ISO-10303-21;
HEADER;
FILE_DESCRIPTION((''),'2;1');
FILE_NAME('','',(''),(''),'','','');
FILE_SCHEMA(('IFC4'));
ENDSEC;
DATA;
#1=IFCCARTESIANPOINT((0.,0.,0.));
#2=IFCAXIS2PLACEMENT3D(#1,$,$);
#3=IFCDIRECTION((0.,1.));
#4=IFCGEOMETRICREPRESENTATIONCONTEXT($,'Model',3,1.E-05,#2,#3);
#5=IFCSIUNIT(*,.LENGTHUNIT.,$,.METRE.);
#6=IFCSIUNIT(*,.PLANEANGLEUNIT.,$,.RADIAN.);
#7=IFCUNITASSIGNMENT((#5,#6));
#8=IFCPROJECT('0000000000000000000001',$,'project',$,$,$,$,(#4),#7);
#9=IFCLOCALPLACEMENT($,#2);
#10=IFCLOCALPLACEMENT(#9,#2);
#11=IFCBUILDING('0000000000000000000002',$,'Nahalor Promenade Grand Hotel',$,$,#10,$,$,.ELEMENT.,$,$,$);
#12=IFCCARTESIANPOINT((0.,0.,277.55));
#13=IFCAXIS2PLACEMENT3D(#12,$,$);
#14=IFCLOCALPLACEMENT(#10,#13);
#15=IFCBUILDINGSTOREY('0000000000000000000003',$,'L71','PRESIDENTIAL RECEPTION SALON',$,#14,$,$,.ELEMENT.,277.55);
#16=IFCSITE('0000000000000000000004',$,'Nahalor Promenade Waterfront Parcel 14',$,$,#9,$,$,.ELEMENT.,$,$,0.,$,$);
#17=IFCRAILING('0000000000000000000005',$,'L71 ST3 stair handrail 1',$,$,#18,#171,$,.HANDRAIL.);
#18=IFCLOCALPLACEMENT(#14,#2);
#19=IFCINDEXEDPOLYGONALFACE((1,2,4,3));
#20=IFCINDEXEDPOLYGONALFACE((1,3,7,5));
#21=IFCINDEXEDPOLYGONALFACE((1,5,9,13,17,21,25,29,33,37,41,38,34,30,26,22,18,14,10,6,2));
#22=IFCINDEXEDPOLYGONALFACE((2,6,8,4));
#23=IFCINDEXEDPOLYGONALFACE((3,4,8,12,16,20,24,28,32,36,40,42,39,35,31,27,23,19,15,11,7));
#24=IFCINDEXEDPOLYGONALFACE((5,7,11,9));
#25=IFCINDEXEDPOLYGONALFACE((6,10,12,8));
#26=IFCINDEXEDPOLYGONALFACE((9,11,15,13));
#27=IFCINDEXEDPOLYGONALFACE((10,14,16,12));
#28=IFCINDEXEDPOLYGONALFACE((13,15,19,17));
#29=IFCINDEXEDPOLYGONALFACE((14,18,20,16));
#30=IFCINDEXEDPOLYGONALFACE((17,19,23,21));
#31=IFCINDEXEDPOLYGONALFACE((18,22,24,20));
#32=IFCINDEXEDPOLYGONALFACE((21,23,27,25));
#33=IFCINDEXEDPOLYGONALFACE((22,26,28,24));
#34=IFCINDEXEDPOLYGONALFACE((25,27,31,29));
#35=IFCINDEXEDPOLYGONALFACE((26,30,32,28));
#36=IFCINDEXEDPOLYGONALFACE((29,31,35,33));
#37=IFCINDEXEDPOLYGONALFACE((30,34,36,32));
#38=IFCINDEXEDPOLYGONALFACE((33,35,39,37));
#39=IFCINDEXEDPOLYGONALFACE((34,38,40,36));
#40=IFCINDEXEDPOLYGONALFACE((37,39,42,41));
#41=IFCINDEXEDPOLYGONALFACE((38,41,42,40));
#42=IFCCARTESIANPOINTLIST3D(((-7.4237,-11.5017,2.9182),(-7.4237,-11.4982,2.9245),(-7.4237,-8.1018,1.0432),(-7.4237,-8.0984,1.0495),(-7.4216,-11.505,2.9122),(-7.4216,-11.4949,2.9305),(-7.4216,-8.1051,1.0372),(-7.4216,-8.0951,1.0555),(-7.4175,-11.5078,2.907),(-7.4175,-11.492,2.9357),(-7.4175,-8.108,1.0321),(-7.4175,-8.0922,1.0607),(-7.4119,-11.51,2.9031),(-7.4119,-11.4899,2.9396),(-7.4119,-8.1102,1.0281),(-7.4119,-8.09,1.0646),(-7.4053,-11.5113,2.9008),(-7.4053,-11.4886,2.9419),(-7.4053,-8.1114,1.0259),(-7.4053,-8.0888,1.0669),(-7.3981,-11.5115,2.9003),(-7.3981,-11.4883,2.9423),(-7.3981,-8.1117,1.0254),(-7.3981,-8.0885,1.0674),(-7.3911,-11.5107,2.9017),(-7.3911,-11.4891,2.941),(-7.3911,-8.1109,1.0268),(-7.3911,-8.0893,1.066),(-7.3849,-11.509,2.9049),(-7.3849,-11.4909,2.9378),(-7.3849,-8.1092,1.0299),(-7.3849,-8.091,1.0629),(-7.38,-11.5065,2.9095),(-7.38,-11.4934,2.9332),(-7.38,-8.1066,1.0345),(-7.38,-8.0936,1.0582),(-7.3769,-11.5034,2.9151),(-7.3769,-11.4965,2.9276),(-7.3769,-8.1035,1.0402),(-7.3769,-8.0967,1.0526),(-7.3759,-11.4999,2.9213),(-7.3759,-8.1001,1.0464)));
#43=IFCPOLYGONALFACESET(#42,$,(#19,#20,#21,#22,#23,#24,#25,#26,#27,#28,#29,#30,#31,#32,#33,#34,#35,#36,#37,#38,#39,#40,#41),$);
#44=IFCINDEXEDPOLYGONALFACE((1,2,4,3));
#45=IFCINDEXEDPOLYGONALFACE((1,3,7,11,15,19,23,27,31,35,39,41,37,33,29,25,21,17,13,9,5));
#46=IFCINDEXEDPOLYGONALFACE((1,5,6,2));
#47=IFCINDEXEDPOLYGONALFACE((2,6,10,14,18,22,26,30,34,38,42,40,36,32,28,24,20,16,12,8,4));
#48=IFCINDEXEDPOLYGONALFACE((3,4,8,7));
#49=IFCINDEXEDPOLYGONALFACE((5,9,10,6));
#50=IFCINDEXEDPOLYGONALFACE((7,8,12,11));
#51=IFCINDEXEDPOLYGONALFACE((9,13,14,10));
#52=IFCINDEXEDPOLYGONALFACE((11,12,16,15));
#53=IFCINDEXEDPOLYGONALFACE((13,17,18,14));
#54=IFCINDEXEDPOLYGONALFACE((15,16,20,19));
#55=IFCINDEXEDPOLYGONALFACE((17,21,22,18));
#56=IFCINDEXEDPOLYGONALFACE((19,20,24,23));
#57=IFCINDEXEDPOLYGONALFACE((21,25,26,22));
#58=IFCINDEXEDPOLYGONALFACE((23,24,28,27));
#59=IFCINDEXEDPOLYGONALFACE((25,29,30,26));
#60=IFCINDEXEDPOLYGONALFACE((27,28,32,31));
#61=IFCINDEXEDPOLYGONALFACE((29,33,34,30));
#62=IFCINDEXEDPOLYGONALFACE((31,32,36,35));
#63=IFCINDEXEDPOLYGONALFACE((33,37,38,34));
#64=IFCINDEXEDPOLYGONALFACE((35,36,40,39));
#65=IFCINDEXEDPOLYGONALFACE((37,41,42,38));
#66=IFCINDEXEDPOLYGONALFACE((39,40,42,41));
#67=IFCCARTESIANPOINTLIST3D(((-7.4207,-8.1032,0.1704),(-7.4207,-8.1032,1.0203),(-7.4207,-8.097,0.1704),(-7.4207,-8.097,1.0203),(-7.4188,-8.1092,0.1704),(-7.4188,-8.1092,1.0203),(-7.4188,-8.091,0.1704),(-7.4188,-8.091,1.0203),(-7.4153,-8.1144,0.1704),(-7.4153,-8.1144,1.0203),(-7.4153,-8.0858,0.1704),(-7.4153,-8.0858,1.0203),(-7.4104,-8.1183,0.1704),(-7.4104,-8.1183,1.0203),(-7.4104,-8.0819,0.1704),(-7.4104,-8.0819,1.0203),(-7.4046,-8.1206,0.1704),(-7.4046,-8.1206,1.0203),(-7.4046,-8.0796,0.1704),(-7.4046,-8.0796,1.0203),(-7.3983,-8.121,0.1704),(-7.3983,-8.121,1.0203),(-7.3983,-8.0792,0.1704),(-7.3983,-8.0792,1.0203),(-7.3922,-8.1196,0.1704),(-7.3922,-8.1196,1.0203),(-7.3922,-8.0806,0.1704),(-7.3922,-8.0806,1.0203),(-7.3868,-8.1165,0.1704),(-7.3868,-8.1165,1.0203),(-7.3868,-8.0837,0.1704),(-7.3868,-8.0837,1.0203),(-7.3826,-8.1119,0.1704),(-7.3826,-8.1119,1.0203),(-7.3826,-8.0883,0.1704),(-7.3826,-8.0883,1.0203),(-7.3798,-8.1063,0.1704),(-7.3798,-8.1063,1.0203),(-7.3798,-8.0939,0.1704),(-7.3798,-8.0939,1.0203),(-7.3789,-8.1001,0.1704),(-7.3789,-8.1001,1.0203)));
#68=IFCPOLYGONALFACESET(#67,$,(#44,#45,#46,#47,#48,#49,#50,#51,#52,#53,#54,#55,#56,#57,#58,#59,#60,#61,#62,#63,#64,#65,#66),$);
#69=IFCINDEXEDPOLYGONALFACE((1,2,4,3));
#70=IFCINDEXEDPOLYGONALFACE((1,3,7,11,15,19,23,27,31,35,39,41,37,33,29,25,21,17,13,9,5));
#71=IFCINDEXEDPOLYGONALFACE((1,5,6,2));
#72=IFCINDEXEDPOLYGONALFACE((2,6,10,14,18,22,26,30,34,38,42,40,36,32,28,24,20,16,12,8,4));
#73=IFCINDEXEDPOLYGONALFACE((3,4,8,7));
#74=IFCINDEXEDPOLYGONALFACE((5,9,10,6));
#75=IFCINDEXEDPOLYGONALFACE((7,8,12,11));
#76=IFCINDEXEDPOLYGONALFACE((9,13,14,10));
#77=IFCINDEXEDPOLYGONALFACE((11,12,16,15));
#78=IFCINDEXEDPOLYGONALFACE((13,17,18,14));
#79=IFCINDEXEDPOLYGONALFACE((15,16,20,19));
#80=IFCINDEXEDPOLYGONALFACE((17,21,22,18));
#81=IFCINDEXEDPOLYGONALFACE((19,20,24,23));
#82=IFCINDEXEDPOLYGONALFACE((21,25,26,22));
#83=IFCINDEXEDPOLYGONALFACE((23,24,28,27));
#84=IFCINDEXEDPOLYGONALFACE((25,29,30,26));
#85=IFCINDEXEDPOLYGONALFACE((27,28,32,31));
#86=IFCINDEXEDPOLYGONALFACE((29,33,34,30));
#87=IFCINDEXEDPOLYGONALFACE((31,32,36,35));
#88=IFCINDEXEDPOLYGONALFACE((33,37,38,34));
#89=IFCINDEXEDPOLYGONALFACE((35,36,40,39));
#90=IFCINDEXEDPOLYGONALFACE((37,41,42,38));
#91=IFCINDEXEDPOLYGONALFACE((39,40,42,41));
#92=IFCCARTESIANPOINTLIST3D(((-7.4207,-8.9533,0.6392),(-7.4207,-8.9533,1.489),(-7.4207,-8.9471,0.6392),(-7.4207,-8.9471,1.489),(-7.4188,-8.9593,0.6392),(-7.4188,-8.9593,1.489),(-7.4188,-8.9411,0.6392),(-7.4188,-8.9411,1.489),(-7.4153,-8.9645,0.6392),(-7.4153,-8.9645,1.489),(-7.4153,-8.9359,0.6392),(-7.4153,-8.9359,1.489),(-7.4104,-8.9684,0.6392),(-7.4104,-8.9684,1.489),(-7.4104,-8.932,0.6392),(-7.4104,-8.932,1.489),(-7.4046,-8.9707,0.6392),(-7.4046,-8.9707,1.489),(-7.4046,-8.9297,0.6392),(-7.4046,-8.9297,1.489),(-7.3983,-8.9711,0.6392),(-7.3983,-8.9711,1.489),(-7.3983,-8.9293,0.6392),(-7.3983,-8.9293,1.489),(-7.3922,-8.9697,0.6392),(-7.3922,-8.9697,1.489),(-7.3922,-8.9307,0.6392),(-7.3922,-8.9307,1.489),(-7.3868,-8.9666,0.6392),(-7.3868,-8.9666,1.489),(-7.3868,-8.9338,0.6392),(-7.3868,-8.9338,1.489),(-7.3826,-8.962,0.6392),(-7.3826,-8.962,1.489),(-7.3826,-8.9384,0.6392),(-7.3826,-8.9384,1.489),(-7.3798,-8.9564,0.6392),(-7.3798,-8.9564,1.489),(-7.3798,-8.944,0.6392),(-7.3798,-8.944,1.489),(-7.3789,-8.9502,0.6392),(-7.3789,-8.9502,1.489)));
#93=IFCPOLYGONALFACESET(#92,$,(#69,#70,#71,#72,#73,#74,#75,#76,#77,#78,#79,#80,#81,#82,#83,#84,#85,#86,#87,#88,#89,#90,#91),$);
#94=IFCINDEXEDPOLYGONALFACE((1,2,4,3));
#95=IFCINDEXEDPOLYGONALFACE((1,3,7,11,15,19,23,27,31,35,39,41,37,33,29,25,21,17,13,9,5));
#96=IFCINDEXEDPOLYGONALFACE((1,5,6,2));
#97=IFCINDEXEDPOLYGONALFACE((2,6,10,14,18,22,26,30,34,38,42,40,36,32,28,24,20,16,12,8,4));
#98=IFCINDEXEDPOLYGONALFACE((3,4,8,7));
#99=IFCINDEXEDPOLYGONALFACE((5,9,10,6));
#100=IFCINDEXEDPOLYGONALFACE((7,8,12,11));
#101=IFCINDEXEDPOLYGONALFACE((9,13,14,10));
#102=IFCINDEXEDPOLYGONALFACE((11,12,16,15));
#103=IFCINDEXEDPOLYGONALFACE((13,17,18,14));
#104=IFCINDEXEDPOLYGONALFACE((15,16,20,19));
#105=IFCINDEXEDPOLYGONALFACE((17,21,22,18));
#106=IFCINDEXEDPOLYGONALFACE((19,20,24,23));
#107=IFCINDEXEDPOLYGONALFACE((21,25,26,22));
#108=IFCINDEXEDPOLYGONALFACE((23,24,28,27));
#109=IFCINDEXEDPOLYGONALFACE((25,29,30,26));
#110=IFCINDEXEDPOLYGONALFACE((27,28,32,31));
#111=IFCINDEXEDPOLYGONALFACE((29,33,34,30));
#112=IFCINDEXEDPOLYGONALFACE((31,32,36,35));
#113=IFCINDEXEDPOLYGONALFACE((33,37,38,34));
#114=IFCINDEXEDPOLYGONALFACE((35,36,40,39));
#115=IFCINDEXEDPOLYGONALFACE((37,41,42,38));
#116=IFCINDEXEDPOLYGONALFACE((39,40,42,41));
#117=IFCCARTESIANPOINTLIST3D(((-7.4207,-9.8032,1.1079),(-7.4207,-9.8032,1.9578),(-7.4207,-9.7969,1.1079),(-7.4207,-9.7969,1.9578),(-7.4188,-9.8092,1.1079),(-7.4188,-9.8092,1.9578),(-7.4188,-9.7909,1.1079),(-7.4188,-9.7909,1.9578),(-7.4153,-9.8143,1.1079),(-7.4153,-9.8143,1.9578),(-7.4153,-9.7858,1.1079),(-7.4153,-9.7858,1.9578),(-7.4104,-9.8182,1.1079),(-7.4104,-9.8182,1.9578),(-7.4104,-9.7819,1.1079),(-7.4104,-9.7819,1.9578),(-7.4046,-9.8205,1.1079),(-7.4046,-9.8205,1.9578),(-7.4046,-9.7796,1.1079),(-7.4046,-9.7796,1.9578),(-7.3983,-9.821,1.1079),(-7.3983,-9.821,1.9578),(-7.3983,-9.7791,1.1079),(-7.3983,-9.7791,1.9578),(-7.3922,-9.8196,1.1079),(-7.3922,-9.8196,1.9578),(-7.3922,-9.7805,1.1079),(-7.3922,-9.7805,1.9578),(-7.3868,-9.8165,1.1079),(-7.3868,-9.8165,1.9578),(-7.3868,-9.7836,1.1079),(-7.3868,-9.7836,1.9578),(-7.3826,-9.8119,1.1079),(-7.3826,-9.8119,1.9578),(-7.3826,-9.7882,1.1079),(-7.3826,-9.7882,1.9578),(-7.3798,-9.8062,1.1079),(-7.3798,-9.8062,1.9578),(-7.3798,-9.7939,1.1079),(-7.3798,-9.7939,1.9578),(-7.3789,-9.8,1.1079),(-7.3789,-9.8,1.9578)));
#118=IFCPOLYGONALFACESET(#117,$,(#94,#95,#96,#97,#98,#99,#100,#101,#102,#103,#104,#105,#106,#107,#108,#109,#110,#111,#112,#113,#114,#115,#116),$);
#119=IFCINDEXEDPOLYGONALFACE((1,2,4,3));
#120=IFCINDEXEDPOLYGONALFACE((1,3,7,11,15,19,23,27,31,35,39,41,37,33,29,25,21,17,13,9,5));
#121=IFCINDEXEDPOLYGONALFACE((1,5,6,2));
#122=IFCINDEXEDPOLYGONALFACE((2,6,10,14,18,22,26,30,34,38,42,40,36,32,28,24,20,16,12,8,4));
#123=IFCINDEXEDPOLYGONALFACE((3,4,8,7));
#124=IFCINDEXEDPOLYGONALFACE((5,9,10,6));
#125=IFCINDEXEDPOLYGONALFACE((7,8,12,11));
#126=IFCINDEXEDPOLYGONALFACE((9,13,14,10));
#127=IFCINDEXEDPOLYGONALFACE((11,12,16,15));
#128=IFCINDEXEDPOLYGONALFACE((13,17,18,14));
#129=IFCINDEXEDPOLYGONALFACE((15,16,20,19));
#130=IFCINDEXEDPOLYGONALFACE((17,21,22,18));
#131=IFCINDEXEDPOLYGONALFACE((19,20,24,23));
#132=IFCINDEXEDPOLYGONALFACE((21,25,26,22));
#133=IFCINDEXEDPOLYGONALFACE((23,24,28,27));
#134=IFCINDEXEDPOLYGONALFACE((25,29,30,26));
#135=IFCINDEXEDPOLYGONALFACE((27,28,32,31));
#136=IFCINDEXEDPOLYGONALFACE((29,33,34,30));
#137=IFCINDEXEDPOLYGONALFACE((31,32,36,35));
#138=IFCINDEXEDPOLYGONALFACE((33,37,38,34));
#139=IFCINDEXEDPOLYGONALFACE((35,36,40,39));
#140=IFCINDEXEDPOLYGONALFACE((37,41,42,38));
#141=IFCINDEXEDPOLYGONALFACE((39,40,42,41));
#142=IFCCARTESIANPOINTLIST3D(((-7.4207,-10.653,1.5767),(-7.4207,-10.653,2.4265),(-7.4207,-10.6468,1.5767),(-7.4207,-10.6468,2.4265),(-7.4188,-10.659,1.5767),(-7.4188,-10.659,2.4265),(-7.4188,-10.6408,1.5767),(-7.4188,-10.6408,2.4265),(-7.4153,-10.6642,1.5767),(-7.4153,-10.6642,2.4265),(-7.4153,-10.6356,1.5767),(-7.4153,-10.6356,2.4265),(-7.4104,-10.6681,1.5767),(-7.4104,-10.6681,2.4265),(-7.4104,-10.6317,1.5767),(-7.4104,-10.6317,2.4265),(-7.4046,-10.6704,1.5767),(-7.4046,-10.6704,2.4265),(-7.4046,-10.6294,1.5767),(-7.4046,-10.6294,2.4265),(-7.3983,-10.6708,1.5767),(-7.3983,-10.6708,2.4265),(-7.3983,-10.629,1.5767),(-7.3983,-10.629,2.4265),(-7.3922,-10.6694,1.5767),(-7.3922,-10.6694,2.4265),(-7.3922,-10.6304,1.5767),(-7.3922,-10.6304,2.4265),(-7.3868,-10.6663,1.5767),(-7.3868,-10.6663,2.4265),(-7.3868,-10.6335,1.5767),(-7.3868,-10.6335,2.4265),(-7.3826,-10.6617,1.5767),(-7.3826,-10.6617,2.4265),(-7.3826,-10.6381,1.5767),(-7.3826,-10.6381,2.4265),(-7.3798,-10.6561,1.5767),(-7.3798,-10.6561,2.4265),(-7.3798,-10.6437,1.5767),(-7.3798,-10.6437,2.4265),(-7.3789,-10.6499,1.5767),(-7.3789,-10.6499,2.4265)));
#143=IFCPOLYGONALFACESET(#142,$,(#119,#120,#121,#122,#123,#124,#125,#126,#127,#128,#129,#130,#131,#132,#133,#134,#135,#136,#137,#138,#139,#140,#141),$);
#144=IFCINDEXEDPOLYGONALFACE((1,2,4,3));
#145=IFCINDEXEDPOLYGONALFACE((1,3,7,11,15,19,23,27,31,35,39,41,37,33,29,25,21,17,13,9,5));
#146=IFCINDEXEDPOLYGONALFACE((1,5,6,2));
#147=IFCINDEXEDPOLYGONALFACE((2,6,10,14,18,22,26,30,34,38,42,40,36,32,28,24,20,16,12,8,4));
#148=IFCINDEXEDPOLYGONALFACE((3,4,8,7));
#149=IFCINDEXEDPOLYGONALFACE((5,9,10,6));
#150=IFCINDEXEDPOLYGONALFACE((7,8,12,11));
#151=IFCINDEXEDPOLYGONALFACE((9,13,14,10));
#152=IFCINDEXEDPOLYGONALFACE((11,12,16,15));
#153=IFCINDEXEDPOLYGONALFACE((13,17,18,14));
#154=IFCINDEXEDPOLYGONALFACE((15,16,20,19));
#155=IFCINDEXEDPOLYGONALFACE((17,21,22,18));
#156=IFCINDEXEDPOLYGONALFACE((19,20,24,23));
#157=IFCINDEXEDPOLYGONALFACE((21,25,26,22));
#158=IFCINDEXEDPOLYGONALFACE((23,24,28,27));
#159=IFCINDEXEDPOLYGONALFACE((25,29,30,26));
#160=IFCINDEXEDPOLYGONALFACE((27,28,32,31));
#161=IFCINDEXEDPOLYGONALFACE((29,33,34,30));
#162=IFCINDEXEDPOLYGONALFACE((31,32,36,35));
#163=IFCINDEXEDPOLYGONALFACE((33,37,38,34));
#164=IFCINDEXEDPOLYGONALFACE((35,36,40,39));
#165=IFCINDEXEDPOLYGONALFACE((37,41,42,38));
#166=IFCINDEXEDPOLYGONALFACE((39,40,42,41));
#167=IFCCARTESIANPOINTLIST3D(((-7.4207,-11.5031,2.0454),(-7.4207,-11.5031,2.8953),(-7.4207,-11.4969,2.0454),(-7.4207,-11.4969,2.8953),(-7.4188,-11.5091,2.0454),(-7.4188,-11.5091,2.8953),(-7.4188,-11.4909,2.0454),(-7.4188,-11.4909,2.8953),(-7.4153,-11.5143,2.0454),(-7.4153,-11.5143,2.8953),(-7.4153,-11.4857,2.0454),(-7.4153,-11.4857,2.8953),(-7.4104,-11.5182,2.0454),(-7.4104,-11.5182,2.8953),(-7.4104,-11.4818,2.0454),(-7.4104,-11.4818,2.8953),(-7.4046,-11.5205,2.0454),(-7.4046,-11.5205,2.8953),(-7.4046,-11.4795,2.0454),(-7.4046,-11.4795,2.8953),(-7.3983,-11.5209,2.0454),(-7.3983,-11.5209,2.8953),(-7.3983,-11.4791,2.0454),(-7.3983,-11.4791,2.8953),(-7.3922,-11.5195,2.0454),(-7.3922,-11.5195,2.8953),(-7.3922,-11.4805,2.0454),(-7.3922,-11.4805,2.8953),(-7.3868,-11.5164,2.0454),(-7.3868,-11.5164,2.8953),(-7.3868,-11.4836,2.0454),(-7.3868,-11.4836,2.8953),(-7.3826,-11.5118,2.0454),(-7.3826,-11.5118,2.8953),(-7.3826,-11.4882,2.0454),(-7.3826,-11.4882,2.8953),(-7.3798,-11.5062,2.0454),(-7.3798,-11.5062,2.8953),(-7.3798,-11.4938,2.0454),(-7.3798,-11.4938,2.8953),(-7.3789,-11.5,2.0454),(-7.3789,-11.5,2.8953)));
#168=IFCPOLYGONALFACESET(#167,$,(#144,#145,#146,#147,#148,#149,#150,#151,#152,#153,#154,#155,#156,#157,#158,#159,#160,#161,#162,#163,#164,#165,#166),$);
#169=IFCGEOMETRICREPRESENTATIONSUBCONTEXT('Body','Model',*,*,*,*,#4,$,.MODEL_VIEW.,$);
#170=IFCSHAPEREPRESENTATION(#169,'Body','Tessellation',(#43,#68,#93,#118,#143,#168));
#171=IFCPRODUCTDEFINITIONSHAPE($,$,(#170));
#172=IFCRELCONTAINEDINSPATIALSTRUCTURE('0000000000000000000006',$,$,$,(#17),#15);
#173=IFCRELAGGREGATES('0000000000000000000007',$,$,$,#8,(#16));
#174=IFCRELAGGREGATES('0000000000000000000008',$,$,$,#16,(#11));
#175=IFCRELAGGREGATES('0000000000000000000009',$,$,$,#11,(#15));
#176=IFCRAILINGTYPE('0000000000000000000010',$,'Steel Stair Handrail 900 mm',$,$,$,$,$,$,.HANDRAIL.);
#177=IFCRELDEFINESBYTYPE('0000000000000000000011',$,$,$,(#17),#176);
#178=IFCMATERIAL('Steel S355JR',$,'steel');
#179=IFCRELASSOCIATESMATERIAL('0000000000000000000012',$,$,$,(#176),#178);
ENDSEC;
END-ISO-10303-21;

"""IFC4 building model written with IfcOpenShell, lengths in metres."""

from ifc_helpers import new_model, si_unit, direction, frame, origin, origin_2d, place, context, subcontext, project, spatial, circle, extrude, material, type_object, element, save


model = new_model("IFC4")

# Units and contexts
model_context = context("Model", 3, precision=1e-05, world=origin(), true_north=direction((0.0, 1.0)))
body_context = subcontext(model_context, "Body", "Model", "MODEL_VIEW")
ifc_project = project(units=[si_unit("LENGTHUNIT", "METRE"), si_unit("PLANEANGLEUNIT", "RADIAN")], contexts=[model_context])

# Site, building, storey
site_placement = place(None, origin())
site = spatial("IfcSite", under=ifc_project, at=site_placement, Name="Nahalor Promenade Waterfront Parcel 14", CompositionType="ELEMENT", RefElevation=0.0)
building_placement = place(site_placement, origin())
building = spatial("IfcBuilding", under=site, at=building_placement, Name="Nahalor Promenade Grand Hotel", CompositionType="ELEMENT")
storey_placement = place(building_placement, frame((0.0, 0.0, 277.55)))
storey = spatial("IfcBuildingStorey", under=building, at=storey_placement, Name="L71", Description="PRESIDENTIAL RECEPTION SALON", CompositionType="ELEMENT", Elevation=277.55)

# Shared definitions
ifc_material_1 = material(Name="Steel S355JR", Category="steel")

# Railing
railing_type_1 = type_object("IfcRailingType", Name="Steel Stair Handrail 900 mm", PredefinedType="HANDRAIL", material=ifc_material_1)
railing_1_placement = place(storey_placement, frame((-7.3999, -8.1001, 0.1704)))
element("IfcRailing", 1, at=railing_1_placement, inside=storey, type_object=railing_type_1, Name="L71 ST3 stair handrail 1", PredefinedType="HANDRAIL", context=body_context, shape_type="SweptSolid", body=[
    extrude(circle(Radius=0.024, at=origin_2d()), frame((0.0, 0.0, 0.876), z_axis=(0.0, -0.875666, 0.482918), x_axis=(1.0, 0.0, 0.0)), (0.0, 0.0, 1.0), 3.8826),
    extrude(circle(Radius=0.021, at=origin_2d()), origin(), (0.0, 0.0, 1.0), 0.8499),
    extrude(circle(Radius=0.021, at=origin_2d()), frame((0.0, -0.8501, 0.4688)), (0.0, 0.0, 1.0), 0.8499),
    extrude(circle(Radius=0.021, at=origin_2d()), frame((0.0, -1.7, 0.9375)), (0.0, 0.0, 1.0), 0.8499),
    extrude(circle(Radius=0.021, at=origin_2d()), frame((0.0, -2.5498, 1.4062)), (0.0, 0.0, 1.0), 0.8499),
    extrude(circle(Radius=0.021, at=origin_2d()), frame((0.0, -3.3999, 1.875)), (0.0, 0.0, 1.0), 0.8499),
])

save(model, "model.ifc")
